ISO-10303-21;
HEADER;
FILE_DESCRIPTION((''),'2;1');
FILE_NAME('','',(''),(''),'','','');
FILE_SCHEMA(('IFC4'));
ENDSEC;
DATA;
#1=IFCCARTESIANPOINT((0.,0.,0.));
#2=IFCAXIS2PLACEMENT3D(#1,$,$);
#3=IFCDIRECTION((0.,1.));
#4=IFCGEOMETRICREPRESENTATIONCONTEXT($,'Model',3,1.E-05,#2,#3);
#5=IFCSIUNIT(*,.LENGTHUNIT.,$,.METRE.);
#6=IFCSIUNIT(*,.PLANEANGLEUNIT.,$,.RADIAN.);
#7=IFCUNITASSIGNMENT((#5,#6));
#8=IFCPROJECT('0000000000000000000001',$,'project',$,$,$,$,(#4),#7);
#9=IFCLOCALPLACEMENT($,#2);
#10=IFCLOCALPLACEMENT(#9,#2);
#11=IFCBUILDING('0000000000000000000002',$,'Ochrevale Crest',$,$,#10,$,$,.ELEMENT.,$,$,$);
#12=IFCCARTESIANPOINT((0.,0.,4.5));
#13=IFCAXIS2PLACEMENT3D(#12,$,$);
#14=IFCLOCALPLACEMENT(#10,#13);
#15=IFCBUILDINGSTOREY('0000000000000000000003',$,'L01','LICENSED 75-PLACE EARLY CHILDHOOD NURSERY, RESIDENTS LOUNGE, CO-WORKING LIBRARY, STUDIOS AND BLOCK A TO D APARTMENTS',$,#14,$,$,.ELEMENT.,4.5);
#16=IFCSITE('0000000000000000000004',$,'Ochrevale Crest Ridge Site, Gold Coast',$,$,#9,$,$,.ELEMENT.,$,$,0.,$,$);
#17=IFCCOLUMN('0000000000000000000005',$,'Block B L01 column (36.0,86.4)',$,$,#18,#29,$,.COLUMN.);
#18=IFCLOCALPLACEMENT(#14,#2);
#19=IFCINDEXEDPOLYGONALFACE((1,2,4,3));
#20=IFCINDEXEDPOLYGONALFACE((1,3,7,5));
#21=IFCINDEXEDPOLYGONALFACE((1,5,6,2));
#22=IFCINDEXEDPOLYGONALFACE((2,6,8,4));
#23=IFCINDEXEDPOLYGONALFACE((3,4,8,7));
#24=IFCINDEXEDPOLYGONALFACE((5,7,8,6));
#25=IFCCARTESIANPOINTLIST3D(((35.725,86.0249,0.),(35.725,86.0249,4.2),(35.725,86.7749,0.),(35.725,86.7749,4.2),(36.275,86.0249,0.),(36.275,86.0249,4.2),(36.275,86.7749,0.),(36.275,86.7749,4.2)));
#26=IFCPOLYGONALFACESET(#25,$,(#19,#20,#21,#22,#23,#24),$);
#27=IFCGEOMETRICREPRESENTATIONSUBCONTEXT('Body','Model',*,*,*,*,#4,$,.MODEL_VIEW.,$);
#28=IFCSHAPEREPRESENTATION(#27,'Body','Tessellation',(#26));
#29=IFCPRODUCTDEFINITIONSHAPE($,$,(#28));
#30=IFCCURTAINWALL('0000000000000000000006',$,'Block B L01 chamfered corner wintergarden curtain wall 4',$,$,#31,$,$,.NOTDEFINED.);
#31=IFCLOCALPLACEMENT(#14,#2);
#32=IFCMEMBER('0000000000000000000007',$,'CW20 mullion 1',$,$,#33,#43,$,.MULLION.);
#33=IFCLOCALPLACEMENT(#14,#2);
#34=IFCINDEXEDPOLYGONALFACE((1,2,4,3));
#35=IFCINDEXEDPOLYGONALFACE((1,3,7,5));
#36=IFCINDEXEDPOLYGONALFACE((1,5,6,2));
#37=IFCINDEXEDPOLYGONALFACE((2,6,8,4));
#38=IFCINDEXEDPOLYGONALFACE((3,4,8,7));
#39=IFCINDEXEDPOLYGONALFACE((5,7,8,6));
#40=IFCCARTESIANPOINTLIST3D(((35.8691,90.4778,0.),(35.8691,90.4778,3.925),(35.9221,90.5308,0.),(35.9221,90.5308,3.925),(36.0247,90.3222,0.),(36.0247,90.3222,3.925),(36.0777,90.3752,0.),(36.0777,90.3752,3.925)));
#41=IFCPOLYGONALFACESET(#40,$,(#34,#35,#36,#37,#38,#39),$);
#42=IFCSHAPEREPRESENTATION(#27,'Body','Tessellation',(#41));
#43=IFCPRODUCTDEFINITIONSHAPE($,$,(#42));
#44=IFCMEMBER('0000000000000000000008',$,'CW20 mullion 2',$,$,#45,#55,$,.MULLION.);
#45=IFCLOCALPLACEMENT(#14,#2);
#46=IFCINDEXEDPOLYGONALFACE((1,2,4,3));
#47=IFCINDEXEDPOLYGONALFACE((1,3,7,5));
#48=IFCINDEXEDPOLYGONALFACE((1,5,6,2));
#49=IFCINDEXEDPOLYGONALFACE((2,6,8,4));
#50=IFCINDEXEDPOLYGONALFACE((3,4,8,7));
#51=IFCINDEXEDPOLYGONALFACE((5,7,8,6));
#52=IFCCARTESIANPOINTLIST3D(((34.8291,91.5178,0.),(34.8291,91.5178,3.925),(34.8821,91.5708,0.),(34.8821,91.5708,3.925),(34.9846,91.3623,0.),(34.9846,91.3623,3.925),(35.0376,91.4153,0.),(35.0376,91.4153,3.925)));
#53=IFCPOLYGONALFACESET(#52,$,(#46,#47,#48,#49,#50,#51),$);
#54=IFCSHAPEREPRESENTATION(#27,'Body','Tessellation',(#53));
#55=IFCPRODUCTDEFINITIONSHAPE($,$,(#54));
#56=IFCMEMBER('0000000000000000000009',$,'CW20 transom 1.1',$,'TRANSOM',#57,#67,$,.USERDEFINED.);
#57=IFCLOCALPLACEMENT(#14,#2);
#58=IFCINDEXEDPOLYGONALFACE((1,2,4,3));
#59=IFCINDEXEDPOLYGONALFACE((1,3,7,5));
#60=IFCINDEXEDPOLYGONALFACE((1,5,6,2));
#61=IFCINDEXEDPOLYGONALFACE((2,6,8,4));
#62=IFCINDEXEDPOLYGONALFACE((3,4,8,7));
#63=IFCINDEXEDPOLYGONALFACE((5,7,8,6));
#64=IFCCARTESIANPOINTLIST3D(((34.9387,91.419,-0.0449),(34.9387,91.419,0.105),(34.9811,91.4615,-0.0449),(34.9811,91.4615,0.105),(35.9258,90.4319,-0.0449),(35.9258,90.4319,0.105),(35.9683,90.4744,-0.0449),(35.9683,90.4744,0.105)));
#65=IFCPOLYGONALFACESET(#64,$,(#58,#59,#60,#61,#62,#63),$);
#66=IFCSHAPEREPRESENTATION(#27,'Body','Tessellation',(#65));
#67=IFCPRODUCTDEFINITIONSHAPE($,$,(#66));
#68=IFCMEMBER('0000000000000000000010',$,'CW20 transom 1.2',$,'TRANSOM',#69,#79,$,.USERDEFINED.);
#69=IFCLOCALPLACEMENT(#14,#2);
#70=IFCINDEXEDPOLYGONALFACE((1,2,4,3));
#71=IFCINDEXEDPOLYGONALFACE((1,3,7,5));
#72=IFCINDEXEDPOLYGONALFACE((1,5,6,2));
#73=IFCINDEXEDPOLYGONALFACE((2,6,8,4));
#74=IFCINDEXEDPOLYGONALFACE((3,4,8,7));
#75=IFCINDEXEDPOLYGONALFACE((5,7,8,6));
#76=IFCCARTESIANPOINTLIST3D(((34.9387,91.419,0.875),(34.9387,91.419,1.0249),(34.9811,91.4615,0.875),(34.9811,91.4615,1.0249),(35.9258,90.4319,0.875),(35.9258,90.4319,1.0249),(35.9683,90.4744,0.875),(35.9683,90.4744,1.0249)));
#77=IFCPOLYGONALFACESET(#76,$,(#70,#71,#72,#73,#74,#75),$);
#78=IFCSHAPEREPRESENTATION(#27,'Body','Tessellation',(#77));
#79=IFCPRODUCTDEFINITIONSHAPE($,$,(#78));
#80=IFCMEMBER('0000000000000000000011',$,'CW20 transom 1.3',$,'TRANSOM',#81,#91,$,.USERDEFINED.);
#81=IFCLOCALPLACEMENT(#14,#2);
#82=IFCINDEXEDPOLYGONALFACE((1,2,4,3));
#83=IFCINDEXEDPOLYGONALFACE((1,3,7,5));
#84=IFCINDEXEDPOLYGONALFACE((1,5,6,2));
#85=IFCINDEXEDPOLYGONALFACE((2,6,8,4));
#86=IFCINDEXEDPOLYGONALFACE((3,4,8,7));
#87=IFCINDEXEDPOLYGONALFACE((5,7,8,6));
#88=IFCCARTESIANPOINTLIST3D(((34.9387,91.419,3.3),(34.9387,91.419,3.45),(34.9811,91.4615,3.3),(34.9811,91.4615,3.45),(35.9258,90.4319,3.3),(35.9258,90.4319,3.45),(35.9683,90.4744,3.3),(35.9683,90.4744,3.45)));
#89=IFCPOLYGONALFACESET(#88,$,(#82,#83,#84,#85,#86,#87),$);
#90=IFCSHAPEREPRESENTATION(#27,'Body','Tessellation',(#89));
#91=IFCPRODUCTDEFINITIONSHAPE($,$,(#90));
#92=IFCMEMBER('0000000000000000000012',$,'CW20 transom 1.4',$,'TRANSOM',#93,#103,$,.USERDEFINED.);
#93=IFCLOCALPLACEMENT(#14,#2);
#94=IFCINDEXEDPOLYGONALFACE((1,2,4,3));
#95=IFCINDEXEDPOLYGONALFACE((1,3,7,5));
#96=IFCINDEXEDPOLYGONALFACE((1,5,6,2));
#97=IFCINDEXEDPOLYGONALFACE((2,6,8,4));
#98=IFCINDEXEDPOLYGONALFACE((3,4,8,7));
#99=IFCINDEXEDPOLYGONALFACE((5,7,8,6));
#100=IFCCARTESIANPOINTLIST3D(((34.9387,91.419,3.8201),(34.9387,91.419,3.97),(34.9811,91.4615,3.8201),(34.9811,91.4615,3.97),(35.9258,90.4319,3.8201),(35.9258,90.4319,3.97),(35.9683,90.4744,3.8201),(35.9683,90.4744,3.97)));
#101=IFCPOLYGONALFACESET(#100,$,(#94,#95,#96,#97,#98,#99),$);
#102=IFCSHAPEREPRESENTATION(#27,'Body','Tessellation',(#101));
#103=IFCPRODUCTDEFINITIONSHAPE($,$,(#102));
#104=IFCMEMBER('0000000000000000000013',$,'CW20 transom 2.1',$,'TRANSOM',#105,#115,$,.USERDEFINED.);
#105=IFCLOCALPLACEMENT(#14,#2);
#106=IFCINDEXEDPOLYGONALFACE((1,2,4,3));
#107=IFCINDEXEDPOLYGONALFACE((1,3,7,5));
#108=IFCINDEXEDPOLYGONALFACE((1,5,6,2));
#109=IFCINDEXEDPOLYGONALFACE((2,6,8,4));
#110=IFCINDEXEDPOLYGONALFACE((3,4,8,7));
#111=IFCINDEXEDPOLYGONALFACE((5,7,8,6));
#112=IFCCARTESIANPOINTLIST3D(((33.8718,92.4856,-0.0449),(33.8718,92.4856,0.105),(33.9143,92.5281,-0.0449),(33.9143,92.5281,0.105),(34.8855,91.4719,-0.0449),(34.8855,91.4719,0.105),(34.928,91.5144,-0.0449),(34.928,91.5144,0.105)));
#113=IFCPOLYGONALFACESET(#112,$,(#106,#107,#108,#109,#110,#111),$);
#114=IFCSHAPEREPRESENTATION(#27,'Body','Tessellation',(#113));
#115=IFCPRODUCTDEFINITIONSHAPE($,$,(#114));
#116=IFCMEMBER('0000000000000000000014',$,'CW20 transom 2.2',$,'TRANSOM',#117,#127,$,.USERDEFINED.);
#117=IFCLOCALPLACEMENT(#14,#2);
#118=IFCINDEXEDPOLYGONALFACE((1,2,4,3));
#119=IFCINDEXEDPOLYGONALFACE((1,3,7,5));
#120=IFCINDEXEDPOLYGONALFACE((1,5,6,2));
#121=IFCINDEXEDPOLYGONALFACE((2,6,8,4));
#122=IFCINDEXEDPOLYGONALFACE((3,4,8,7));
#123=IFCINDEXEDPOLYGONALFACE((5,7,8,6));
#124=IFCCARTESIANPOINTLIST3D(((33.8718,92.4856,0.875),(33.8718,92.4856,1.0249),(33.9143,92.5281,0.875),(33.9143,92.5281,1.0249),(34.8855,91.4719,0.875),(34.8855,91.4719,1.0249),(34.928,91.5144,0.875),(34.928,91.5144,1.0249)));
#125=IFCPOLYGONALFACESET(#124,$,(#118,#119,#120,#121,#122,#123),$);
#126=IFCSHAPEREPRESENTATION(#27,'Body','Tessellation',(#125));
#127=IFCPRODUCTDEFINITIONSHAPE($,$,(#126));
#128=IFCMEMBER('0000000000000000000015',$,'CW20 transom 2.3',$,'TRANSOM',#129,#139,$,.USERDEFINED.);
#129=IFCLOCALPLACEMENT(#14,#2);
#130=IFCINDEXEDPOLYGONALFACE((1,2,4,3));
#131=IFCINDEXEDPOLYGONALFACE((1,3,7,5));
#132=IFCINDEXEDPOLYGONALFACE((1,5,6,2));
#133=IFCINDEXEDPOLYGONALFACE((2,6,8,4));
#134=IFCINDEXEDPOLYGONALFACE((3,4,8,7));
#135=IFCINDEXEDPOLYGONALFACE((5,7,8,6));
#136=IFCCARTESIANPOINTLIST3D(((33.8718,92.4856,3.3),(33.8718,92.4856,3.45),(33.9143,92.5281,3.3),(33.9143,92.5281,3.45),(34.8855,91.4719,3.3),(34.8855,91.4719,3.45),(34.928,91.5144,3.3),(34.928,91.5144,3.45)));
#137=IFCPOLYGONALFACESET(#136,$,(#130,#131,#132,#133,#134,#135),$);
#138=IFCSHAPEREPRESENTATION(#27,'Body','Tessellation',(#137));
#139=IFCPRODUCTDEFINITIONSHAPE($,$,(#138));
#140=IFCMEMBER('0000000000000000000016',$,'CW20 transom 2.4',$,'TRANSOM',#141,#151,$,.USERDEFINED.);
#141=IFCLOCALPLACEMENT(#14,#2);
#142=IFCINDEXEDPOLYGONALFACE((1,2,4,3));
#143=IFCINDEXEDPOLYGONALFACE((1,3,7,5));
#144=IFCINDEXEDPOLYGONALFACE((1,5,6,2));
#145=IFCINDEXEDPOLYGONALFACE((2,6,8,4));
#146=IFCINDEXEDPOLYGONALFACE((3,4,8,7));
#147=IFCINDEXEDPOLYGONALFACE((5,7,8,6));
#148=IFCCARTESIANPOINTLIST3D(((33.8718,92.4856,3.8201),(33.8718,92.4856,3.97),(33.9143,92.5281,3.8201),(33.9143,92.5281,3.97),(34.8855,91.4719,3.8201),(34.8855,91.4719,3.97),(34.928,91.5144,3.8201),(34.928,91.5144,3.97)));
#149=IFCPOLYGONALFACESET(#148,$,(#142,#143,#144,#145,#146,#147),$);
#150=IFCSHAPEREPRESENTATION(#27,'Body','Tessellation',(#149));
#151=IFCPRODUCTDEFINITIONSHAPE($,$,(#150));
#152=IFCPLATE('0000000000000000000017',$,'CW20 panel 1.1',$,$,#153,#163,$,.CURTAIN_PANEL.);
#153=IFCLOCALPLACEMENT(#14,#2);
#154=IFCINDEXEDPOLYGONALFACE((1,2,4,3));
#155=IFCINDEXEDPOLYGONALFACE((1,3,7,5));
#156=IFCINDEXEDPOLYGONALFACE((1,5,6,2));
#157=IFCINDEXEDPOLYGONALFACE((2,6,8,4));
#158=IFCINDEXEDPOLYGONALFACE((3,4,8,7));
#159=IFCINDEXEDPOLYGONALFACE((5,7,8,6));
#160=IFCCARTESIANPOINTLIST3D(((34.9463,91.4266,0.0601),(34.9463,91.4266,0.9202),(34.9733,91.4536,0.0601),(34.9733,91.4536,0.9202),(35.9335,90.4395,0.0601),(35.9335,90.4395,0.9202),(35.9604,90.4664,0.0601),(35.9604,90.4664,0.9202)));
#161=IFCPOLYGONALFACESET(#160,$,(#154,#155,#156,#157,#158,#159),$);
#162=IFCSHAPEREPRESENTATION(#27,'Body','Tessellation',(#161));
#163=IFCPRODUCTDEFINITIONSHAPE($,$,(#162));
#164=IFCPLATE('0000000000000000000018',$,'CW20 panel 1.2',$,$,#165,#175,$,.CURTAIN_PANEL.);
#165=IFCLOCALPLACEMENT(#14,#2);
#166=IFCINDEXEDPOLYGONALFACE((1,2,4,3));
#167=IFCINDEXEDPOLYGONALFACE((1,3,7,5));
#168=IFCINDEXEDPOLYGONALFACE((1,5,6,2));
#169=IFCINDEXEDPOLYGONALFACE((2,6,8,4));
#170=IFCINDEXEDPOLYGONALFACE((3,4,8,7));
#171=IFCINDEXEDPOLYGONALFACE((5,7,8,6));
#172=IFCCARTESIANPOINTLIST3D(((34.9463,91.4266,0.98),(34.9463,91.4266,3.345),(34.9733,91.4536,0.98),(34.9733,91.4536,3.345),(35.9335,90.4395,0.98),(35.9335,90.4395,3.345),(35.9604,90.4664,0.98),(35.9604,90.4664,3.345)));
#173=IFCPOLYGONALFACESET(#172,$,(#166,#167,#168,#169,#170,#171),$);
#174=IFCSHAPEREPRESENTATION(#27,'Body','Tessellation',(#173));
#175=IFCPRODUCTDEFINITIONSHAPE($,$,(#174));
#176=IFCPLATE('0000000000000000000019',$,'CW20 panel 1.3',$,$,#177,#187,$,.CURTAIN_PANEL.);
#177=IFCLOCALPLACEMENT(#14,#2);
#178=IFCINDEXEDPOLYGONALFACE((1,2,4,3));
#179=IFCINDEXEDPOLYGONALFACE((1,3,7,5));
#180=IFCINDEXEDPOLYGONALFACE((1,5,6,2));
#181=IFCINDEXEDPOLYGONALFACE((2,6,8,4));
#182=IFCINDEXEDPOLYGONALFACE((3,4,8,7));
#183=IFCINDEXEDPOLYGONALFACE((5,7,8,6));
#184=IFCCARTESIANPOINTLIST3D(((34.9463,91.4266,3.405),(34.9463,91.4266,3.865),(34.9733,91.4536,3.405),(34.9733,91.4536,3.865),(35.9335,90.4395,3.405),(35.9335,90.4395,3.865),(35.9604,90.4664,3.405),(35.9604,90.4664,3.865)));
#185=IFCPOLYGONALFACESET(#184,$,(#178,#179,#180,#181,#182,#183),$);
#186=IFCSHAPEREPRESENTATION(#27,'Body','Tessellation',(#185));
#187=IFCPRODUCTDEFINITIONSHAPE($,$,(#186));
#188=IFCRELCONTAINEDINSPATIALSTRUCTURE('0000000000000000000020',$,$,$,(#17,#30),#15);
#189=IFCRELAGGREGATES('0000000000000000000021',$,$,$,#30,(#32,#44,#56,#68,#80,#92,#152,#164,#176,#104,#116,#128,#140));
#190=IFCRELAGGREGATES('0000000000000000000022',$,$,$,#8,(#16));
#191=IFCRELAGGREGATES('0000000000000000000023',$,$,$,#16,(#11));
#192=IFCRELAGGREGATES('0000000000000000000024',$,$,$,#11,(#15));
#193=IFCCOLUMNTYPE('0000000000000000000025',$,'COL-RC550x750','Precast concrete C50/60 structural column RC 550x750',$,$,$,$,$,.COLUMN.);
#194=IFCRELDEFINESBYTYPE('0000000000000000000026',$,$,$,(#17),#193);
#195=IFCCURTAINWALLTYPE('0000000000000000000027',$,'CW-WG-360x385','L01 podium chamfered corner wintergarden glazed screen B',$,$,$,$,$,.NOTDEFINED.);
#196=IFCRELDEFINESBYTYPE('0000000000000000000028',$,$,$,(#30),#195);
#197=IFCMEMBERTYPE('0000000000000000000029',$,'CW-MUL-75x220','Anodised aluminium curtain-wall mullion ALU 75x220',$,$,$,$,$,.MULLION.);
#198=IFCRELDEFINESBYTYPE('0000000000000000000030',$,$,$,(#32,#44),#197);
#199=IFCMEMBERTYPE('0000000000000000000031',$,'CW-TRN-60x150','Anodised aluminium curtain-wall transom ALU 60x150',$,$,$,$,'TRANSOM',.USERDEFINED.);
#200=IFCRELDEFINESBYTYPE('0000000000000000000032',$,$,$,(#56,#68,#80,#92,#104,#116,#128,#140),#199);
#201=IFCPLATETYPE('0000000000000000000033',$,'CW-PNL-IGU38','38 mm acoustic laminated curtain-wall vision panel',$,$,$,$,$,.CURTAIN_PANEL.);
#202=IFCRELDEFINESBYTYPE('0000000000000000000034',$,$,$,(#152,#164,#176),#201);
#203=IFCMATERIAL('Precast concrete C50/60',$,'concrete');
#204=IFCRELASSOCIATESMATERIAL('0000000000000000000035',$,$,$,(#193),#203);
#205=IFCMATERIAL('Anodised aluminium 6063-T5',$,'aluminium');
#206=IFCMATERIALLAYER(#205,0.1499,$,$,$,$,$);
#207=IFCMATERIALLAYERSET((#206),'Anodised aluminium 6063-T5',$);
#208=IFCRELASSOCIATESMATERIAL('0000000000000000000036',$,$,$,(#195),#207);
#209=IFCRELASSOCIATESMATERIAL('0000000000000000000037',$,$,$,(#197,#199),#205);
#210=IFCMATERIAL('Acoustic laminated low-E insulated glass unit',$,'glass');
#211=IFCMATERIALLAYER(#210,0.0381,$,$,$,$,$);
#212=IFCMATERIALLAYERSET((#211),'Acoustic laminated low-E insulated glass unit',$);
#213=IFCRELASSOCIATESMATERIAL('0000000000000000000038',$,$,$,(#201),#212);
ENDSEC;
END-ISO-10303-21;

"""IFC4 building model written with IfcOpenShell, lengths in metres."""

from ifc_helpers import new_model, si_unit, direction, frame, origin, origin_2d, place, context, subcontext, project, spatial, rectangle, extrude, material, layer, layer_set, material_profile, profile_set, type_object, element, aggregate, save


model = new_model("IFC4")

# Units and contexts
model_context = context("Model", 3, precision=1e-05, world=origin(), true_north=direction((0.0, 1.0)))
body_context = subcontext(model_context, "Body", "Model", "MODEL_VIEW")
ifc_project = project(units=[si_unit("LENGTHUNIT", "METRE"), si_unit("PLANEANGLEUNIT", "RADIAN")], contexts=[model_context])

# Site, building, storey
site_placement = place(None, origin())
site = spatial("IfcSite", under=ifc_project, at=site_placement, Name="Ochrevale Crest Ridge Site, Gold Coast", CompositionType="ELEMENT", RefElevation=0.0)
building_placement = place(site_placement, origin())
building = spatial("IfcBuilding", under=site, at=building_placement, Name="Ochrevale Crest", CompositionType="ELEMENT")
storey_placement = place(building_placement, frame((0.0, 0.0, 4.5)))
storey = spatial("IfcBuildingStorey", under=building, at=storey_placement, Name="L01", Description="LICENSED 75-PLACE EARLY CHILDHOOD NURSERY, RESIDENTS LOUNGE, CO-WORKING LIBRARY, STUDIOS AND BLOCK A TO D APARTMENTS", CompositionType="ELEMENT", Elevation=4.5)

# Column
ifc_material_1 = material(Name="Precast concrete C50/60", Category="concrete")
ifc_material_profile_1 = material_profile(ifc_material_1, rectangle(XDim=0.55, YDim=0.75, at=origin_2d()), Name="RC 550x750")
ifc_profile_set_1 = profile_set([ifc_material_profile_1], Name="Precast concrete C50/60")
column_type = type_object("IfcColumnType", Name="COL-RC550x750", Description="Precast concrete C50/60 structural column RC 550x750", PredefinedType="COLUMN", material=ifc_profile_set_1)
column_placement = place(storey_placement, frame((36.0, 86.3999, 0.0), z_axis=(0.0, 0.0, 1.0), x_axis=(1.0, 0.0, 0.0)))
element("IfcColumn", 1, at=column_placement, inside=storey, type_object=column_type, Name="Block B L01 column (36.0,86.4)", PredefinedType="COLUMN", context=body_context, shape_type="SweptSolid", body=[
    extrude(rectangle(XDim=0.55, YDim=0.75, at=origin_2d()), origin(), (0.0, 0.0, 1.0), 4.2),
])

# Curtain wall, members, plates
ifc_material_2 = material(Name="Anodised aluminium 6063-T5", Category="aluminium")
ifc_layer_1 = layer(ifc_material_2, 0.1499)
ifc_layer_set_1 = layer_set([ifc_layer_1], Name="Anodised aluminium 6063-T5")
curtain_wall_type = type_object("IfcCurtainWallType", Name="CW-WG-360x385", Description="L01 podium chamfered corner wintergarden glazed screen B", PredefinedType="NOTDEFINED", material=ifc_layer_set_1)
curtain_wall_placement = place(storey_placement, origin())
curtain_wall = element("IfcCurtainWall", 2, at=curtain_wall_placement, inside=storey, type_object=curtain_wall_type, Name="Block B L01 chamfered corner wintergarden curtain wall 4", PredefinedType="NOTDEFINED")
ifc_material_profile_2 = material_profile(ifc_material_2, rectangle(XDim=0.075, YDim=0.22, at=origin_2d()), Name="ALU 75x220")
ifc_profile_set_2 = profile_set([ifc_material_profile_2], Name="Anodised aluminium 6063-T5")
member_type_1 = type_object("IfcMemberType", Name="CW-MUL-75x220", Description="Anodised aluminium curtain-wall mullion ALU 75x220", PredefinedType="MULLION", material=ifc_profile_set_2)
member_1_placement = place(storey_placement, frame((35.9734, 90.4265, 0.0), z_axis=(0.0, 0.0, 1.0), x_axis=(-0.707107, -0.707107, 0.0)))
member_1 = element("IfcMember", 3, at=member_1_placement, type_object=member_type_1, Name="CW20 mullion 1", PredefinedType="MULLION", context=body_context, shape_type="SweptSolid", body=[
    extrude(rectangle(XDim=0.075, YDim=0.22, at=origin_2d()), origin(), (0.0, 0.0, 1.0), 3.925),
])
member_2_placement = place(storey_placement, frame((34.9333, 91.4666, 0.0), z_axis=(0.0, 0.0, 1.0), x_axis=(-0.707107, -0.707107, 0.0)))
member_2 = element("IfcMember", 4, at=member_2_placement, type_object=member_type_1, Name="CW20 mullion 2", PredefinedType="MULLION", context=body_context, shape_type="SweptSolid", body=[
    extrude(rectangle(XDim=0.075, YDim=0.22, at=origin_2d()), origin(), (0.0, 0.0, 1.0), 3.925),
])
ifc_material_profile_3 = material_profile(ifc_material_2, rectangle(XDim=0.0601, YDim=0.1499, at=origin_2d()), Name="ALU 60x150")
ifc_profile_set_3 = profile_set([ifc_material_profile_3], Name="Anodised aluminium 6063-T5")
member_type_2 = type_object("IfcMemberType", Name="CW-TRN-60x150", Description="Anodised aluminium curtain-wall transom ALU 60x150", ElementType="TRANSOM", PredefinedType="USERDEFINED", material=ifc_profile_set_3)
member_3_placement = place(storey_placement, frame((35.947, 90.4531, 0.03), z_axis=(-0.707107, 0.707107, 0.0), x_axis=(-0.707107, -0.707107, 0.0)))
member_3 = element("IfcMember", 5, at=member_3_placement, type_object=member_type_2, Name="CW20 transom 1.1", ObjectType="TRANSOM", PredefinedType="USERDEFINED", context=body_context, shape_type="SweptSolid", body=[
    extrude(rectangle(XDim=0.0601, YDim=0.1499, at=origin_2d()), origin(), (0.0, 0.0, 1.0), 1.396),
])
member_4_placement = place(storey_placement, frame((35.947, 90.4531, 0.95), z_axis=(-0.707107, 0.707107, 0.0), x_axis=(-0.707107, -0.707107, 0.0)))
member_4 = element("IfcMember", 6, at=member_4_placement, type_object=member_type_2, Name="CW20 transom 1.2", ObjectType="TRANSOM", PredefinedType="USERDEFINED", context=body_context, shape_type="SweptSolid", body=[
    extrude(rectangle(XDim=0.0601, YDim=0.1499, at=origin_2d()), origin(), (0.0, 0.0, 1.0), 1.396),
])
member_5_placement = place(storey_placement, frame((35.947, 90.4531, 3.375), z_axis=(-0.707107, 0.707107, 0.0), x_axis=(-0.707107, -0.707107, 0.0)))
member_5 = element("IfcMember", 7, at=member_5_placement, type_object=member_type_2, Name="CW20 transom 1.3", ObjectType="TRANSOM", PredefinedType="USERDEFINED", context=body_context, shape_type="SweptSolid", body=[
    extrude(rectangle(XDim=0.0601, YDim=0.1499, at=origin_2d()), origin(), (0.0, 0.0, 1.0), 1.396),
])
member_6_placement = place(storey_placement, frame((35.947, 90.4531, 3.895), z_axis=(-0.707107, 0.707107, 0.0), x_axis=(-0.707107, -0.707107, 0.0)))
member_6 = element("IfcMember", 8, at=member_6_placement, type_object=member_type_2, Name="CW20 transom 1.4", ObjectType="TRANSOM", PredefinedType="USERDEFINED", context=body_context, shape_type="SweptSolid", body=[
    extrude(rectangle(XDim=0.0601, YDim=0.1499, at=origin_2d()), origin(), (0.0, 0.0, 1.0), 1.396),
])
member_7_placement = place(storey_placement, frame((34.9067, 91.4932, 0.03), z_axis=(-0.707107, 0.707107, 0.0), x_axis=(-0.707107, -0.707107, 0.0)))
member_7 = element("IfcMember", 9, at=member_7_placement, type_object=member_type_2, Name="CW20 transom 2.1", ObjectType="TRANSOM", PredefinedType="USERDEFINED", context=body_context, shape_type="SweptSolid", body=[
    extrude(rectangle(XDim=0.0601, YDim=0.1499, at=origin_2d()), origin(), (0.0, 0.0, 1.0), 1.4336),
])
member_8_placement = place(storey_placement, frame((34.9067, 91.4932, 0.95), z_axis=(-0.707107, 0.707107, 0.0), x_axis=(-0.707107, -0.707107, 0.0)))
member_8 = element("IfcMember", 10, at=member_8_placement, type_object=member_type_2, Name="CW20 transom 2.2", ObjectType="TRANSOM", PredefinedType="USERDEFINED", context=body_context, shape_type="SweptSolid", body=[
    extrude(rectangle(XDim=0.0601, YDim=0.1499, at=origin_2d()), origin(), (0.0, 0.0, 1.0), 1.4336),
])
member_9_placement = place(storey_placement, frame((34.9067, 91.4932, 3.375), z_axis=(-0.707107, 0.707107, 0.0), x_axis=(-0.707107, -0.707107, 0.0)))
member_9 = element("IfcMember", 11, at=member_9_placement, type_object=member_type_2, Name="CW20 transom 2.3", ObjectType="TRANSOM", PredefinedType="USERDEFINED", context=body_context, shape_type="SweptSolid", body=[
    extrude(rectangle(XDim=0.0601, YDim=0.1499, at=origin_2d()), origin(), (0.0, 0.0, 1.0), 1.4336),
])
member_10_placement = place(storey_placement, frame((34.9067, 91.4932, 3.895), z_axis=(-0.707107, 0.707107, 0.0), x_axis=(-0.707107, -0.707107, 0.0)))
member_10 = element("IfcMember", 12, at=member_10_placement, type_object=member_type_2, Name="CW20 transom 2.4", ObjectType="TRANSOM", PredefinedType="USERDEFINED", context=body_context, shape_type="SweptSolid", body=[
    extrude(rectangle(XDim=0.0601, YDim=0.1499, at=origin_2d()), origin(), (0.0, 0.0, 1.0), 1.4336),
])
ifc_material_3 = material(Name="Acoustic laminated low-E insulated glass unit", Category="glass")
ifc_layer_2 = layer(ifc_material_3, 0.0381)
ifc_layer_set_2 = layer_set([ifc_layer_2], Name="Acoustic laminated low-E insulated glass unit")
plate_type = type_object("IfcPlateType", Name="CW-PNL-IGU38", Description="38 mm acoustic laminated curtain-wall vision panel", PredefinedType="CURTAIN_PANEL", material=ifc_layer_set_2)
plate_1_placement = place(storey_placement, frame((35.4534, 90.9465, 0.0601), z_axis=(0.0, 0.0, 1.0), x_axis=(-0.707107, 0.707107, 0.0)))
plate_1 = element("IfcPlate", 13, at=plate_1_placement, type_object=plate_type, Name="CW20 panel 1.1", PredefinedType="CURTAIN_PANEL", context=body_context, shape_type="SweptSolid", body=[
    extrude(rectangle(XDim=1.396, YDim=0.0381, at=origin_2d()), origin(), (0.0, 0.0, 1.0), 0.8601),
])
plate_2_placement = place(storey_placement, frame((35.4534, 90.9465, 0.98), z_axis=(0.0, 0.0, 1.0), x_axis=(-0.707107, 0.707107, 0.0)))
plate_2 = element("IfcPlate", 14, at=plate_2_placement, type_object=plate_type, Name="CW20 panel 1.2", PredefinedType="CURTAIN_PANEL", context=body_context, shape_type="SweptSolid", body=[
    extrude(rectangle(XDim=1.396, YDim=0.0381, at=origin_2d()), origin(), (0.0, 0.0, 1.0), 2.365),
])
plate_3_placement = place(storey_placement, frame((35.4534, 90.9465, 3.405), z_axis=(0.0, 0.0, 1.0), x_axis=(-0.707107, 0.707107, 0.0)))
plate_3 = element("IfcPlate", 15, at=plate_3_placement, type_object=plate_type, Name="CW20 panel 1.3", PredefinedType="CURTAIN_PANEL", context=body_context, shape_type="SweptSolid", body=[
    extrude(rectangle(XDim=1.396, YDim=0.0381, at=origin_2d()), origin(), (0.0, 0.0, 1.0), 0.46),
])
aggregate(curtain_wall, [member_1, member_2, member_3, member_4, member_5, member_6, plate_1, plate_2, plate_3, member_7, member_8, member_9, member_10])

save(model, "model.ifc")
